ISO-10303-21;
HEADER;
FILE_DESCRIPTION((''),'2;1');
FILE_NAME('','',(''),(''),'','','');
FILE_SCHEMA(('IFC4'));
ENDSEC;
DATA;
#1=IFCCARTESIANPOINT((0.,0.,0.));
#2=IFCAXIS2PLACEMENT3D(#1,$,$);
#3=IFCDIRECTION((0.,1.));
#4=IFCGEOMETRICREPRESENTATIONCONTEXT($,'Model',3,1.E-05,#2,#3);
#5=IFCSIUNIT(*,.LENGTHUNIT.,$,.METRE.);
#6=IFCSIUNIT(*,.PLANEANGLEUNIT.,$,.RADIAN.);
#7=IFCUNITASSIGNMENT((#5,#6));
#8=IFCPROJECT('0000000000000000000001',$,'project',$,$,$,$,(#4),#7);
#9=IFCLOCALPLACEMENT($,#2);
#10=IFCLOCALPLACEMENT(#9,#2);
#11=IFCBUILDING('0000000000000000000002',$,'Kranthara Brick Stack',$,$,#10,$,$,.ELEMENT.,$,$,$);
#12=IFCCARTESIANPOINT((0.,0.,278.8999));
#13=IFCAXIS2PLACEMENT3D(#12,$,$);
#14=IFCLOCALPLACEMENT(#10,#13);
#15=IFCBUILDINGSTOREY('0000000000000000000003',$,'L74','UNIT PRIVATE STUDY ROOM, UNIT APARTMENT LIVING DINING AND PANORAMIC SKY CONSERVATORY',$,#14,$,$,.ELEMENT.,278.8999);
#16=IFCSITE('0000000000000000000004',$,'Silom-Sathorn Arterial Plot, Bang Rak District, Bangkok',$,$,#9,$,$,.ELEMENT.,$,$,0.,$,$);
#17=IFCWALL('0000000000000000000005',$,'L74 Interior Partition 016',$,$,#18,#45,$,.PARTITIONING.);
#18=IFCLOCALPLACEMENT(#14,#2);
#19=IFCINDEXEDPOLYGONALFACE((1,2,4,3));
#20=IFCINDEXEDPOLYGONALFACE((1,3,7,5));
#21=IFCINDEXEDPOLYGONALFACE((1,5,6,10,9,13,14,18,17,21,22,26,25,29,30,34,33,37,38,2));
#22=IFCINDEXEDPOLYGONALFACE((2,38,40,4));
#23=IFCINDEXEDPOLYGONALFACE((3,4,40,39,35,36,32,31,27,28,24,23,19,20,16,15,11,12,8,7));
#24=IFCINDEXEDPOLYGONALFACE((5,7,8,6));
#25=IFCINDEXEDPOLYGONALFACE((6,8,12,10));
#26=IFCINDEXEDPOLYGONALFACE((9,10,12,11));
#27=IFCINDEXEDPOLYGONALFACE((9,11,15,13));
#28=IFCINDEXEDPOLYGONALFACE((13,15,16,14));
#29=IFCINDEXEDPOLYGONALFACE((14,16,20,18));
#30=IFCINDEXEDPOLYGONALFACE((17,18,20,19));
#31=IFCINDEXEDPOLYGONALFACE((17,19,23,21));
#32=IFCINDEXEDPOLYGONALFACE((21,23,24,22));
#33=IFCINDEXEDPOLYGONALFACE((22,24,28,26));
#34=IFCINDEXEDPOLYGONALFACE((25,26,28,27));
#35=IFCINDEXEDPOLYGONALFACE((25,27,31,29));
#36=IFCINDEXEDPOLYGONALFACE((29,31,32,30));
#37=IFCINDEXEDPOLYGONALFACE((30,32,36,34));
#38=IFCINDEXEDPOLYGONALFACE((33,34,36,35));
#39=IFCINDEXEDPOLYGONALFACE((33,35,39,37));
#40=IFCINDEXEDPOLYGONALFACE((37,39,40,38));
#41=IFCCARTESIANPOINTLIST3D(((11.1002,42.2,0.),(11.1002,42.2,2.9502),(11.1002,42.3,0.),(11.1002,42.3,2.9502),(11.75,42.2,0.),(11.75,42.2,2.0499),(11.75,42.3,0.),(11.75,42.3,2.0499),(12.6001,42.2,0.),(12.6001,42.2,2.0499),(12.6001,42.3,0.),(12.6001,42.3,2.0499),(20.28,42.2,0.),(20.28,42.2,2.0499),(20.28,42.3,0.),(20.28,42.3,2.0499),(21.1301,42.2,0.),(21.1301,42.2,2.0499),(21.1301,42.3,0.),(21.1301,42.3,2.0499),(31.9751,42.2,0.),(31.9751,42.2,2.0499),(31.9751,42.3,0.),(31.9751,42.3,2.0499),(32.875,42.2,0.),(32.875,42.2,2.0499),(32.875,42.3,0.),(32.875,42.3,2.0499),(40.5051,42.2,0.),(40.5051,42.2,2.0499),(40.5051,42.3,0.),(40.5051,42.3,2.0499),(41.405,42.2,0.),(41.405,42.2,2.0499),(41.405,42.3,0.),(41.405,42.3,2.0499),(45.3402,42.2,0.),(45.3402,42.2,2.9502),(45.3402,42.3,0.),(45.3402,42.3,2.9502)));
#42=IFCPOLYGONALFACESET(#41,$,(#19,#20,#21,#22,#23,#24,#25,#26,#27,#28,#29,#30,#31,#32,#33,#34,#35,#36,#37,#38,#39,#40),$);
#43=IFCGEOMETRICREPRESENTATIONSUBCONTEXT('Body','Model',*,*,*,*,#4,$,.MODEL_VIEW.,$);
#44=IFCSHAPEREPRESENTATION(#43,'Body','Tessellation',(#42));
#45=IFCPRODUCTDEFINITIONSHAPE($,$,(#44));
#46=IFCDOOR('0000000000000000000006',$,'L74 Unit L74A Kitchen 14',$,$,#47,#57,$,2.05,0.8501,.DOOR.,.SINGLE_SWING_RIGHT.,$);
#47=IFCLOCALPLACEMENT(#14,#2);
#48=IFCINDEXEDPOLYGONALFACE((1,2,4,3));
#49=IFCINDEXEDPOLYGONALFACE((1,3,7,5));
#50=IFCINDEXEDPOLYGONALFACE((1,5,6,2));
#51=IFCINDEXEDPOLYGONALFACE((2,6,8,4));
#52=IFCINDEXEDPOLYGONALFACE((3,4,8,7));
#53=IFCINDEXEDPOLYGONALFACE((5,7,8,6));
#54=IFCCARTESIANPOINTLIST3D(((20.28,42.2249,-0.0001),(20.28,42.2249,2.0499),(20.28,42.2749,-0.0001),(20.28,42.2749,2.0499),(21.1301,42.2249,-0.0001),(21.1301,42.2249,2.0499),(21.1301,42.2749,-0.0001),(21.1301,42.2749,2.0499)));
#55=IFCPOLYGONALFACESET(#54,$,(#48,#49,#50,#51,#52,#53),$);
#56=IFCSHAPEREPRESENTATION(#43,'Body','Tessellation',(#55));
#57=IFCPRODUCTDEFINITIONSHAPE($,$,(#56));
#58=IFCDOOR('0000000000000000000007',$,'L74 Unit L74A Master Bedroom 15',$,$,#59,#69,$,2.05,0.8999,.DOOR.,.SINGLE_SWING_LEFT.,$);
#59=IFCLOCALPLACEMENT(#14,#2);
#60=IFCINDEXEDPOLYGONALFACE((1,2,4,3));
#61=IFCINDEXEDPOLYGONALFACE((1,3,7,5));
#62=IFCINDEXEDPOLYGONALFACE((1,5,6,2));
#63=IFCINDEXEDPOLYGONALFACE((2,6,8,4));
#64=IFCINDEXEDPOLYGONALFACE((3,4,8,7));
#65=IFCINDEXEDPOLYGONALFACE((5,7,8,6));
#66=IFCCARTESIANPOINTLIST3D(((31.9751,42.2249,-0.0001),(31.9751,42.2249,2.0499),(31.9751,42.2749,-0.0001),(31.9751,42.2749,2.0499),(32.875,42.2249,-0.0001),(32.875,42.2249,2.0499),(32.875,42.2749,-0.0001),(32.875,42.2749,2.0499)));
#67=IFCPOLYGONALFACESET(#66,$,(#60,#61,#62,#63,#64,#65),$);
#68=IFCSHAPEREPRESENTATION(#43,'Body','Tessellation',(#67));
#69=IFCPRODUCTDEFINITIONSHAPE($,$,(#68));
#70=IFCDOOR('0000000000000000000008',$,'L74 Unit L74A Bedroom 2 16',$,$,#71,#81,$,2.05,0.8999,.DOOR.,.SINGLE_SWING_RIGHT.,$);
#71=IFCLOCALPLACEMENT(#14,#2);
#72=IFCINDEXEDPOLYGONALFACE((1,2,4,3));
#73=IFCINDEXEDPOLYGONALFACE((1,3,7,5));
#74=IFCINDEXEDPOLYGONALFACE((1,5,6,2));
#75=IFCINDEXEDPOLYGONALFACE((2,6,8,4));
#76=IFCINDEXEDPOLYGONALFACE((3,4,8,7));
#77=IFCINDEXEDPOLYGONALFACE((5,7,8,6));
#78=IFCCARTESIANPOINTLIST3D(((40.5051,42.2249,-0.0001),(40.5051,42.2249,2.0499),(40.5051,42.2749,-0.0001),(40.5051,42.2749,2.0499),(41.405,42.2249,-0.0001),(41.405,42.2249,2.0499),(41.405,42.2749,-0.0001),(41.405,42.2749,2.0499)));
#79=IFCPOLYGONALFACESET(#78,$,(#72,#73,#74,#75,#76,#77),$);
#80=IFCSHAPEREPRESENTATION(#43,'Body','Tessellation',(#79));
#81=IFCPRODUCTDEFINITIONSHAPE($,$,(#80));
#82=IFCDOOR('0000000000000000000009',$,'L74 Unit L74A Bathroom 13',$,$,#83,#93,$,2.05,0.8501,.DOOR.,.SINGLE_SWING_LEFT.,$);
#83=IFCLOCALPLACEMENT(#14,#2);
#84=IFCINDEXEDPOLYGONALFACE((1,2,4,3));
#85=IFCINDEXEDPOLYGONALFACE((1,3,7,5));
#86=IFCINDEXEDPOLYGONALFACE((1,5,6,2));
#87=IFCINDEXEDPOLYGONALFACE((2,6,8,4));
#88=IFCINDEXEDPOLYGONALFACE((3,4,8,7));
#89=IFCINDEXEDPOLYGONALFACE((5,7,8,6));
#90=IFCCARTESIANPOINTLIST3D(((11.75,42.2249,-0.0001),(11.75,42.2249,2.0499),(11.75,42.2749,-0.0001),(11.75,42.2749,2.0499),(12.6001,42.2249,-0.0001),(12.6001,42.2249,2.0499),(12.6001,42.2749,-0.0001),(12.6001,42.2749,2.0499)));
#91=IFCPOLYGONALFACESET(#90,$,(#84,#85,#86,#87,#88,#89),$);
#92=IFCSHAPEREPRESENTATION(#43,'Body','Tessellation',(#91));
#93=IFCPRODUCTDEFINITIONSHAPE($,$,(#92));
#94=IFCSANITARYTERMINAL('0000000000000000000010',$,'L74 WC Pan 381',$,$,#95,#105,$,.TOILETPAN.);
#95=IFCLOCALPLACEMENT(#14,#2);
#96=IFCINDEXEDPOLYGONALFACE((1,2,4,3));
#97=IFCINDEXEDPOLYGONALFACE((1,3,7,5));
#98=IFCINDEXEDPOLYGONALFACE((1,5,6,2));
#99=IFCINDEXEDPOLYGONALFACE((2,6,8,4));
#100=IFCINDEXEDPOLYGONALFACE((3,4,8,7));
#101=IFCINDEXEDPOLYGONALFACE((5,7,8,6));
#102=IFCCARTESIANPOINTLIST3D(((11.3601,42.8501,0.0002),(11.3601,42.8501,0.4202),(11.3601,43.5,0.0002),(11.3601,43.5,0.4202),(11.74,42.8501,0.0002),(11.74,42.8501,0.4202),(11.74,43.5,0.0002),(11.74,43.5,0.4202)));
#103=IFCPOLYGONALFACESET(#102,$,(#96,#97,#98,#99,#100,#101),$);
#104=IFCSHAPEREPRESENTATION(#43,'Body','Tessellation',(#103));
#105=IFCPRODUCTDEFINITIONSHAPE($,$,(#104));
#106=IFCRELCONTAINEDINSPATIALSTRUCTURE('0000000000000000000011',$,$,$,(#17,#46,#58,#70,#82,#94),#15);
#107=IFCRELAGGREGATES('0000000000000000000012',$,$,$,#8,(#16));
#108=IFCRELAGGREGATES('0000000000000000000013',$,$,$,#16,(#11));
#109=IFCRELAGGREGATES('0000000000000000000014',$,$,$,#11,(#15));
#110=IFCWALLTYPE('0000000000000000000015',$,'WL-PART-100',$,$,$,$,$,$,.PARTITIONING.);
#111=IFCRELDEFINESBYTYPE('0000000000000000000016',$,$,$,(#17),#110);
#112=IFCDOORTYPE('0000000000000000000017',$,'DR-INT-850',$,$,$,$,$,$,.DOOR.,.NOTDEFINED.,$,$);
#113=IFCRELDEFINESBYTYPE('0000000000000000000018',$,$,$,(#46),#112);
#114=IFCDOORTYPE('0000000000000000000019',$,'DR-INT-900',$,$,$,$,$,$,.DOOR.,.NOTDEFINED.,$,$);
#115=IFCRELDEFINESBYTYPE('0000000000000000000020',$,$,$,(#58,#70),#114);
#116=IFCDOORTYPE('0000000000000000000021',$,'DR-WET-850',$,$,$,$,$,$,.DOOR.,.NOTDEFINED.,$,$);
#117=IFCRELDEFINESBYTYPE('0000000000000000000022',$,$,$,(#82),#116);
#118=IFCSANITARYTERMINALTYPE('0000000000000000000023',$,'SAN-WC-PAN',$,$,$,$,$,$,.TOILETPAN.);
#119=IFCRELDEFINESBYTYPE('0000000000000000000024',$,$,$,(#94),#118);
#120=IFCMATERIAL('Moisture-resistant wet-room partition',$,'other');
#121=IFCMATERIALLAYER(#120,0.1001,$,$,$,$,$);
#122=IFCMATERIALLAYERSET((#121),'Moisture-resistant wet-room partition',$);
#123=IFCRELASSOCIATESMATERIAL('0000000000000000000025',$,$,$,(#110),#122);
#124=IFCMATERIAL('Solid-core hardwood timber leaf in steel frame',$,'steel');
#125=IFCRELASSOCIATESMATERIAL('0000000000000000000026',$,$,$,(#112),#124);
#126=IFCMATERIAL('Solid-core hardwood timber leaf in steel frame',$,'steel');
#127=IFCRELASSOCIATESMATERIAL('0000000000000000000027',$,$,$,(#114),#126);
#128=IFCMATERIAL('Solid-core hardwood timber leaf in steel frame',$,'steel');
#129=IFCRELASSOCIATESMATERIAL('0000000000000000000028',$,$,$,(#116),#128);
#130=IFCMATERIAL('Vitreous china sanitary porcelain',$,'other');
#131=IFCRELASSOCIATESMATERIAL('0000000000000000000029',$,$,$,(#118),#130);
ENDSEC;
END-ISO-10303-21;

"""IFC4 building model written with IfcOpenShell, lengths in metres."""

from ifc_helpers import new_model, si_unit, direction, frame, frame_2d, origin, origin_2d, place, context, subcontext, project, spatial, rectangle, extrude, material, layer, layer_set, type_object, element, fill, save


model = new_model("IFC4")

# Units and contexts
model_context = context("Model", 3, precision=1e-05, world=origin(), true_north=direction((0.0, 1.0)))
body_context = subcontext(model_context, "Body", "Model", "MODEL_VIEW")
ifc_project = project(units=[si_unit("LENGTHUNIT", "METRE"), si_unit("PLANEANGLEUNIT", "RADIAN")], contexts=[model_context])

# Site, building, storey
site_placement = place(None, origin())
site = spatial("IfcSite", under=ifc_project, at=site_placement, Name="Silom-Sathorn Arterial Plot, Bang Rak District, Bangkok", CompositionType="ELEMENT", RefElevation=0.0)
building_placement = place(site_placement, origin())
building = spatial("IfcBuilding", under=site, at=building_placement, Name="Kranthara Brick Stack", CompositionType="ELEMENT")
storey_placement = place(building_placement, frame((0.0, 0.0, 278.8999)))
storey = spatial("IfcBuildingStorey", under=building, at=storey_placement, Name="L74", Description="UNIT PRIVATE STUDY ROOM, UNIT APARTMENT LIVING DINING AND PANORAMIC SKY CONSERVATORY", CompositionType="ELEMENT", Elevation=278.8999)

# Wall, openings, doors
ifc_material_1 = material(Name="Moisture-resistant wet-room partition", Category="other")
ifc_layer_1 = layer(ifc_material_1, 0.1001)
ifc_layer_set_1 = layer_set([ifc_layer_1], Name="Moisture-resistant wet-room partition")
wall_type_1 = type_object("IfcWallType", Name="WL-PART-100", PredefinedType="PARTITIONING", material=ifc_layer_set_1)
wall_1_placement = place(storey_placement, frame((11.1001, 42.25, 0.0), z_axis=(0.0, 0.0, 1.0), x_axis=(1.0, 0.0, 0.0)))
wall_1 = element("IfcWall", 1, at=wall_1_placement, inside=storey, type_object=wall_type_1, Name="L74 Interior Partition 016", PredefinedType="PARTITIONING", context=body_context, shape_type="SweptSolid", body=[
    extrude(rectangle(XDim=34.24, YDim=0.1001, at=frame_2d((17.1201, 0.0))), origin(), (0.0, 0.0, 1.0), 2.9502),
])
opening_1_placement = place(wall_1_placement, frame((0.6499, 0.0, 0.0)))
opening_1 = element("IfcOpeningElement", 2, at=opening_1_placement, cuts=wall_1, PredefinedType="OPENING", context=body_context, shape_type="SweptSolid", body=[
    extrude(rectangle(XDim=0.8501, YDim=2.05, at=frame_2d((0.425, 1.0249))), frame((0.0, 0.0601, 0.0), z_axis=(0.0, -1.0, 0.0), x_axis=(1.0, 0.0, 0.0)), (0.0, 0.0, 1.0), 0.1201),
])
opening_2_placement = place(wall_1_placement, frame((9.1799, 0.0, 0.0)))
opening_2 = element("IfcOpeningElement", 3, at=opening_2_placement, cuts=wall_1, PredefinedType="OPENING", context=body_context, shape_type="SweptSolid", body=[
    extrude(rectangle(XDim=0.8501, YDim=2.05, at=frame_2d((0.425, 1.0249))), frame((0.0, 0.0601, 0.0), z_axis=(0.0, -1.0, 0.0), x_axis=(1.0, 0.0, 0.0)), (0.0, 0.0, 1.0), 0.1201),
])
opening_3_placement = place(wall_1_placement, frame((20.875, 0.0, 0.0)))
opening_3 = element("IfcOpeningElement", 4, at=opening_3_placement, cuts=wall_1, PredefinedType="OPENING", context=body_context, shape_type="SweptSolid", body=[
    extrude(rectangle(XDim=0.8999, YDim=2.05, at=frame_2d((0.45, 1.0249))), frame((0.0, 0.0601, 0.0), z_axis=(0.0, -1.0, 0.0), x_axis=(1.0, 0.0, 0.0)), (0.0, 0.0, 1.0), 0.1201),
])
opening_4_placement = place(wall_1_placement, frame((29.405, 0.0, 0.0)))
opening_4 = element("IfcOpeningElement", 5, at=opening_4_placement, cuts=wall_1, PredefinedType="OPENING", context=body_context, shape_type="SweptSolid", body=[
    extrude(rectangle(XDim=0.8999, YDim=2.05, at=frame_2d((0.45, 1.0249))), frame((0.0, 0.0601, 0.0), z_axis=(0.0, -1.0, 0.0), x_axis=(1.0, 0.0, 0.0)), (0.0, 0.0, 1.0), 0.1201),
])
ifc_material_2 = material(Name="Solid-core hardwood timber leaf in steel frame", Category="steel")
door_type_1 = type_object("IfcDoorType", Name="DR-INT-850", OperationType="NOTDEFINED", PredefinedType="DOOR", material=ifc_material_2)
door_1_placement = place(opening_2_placement, origin())
door_1 = element("IfcDoor", 6, at=door_1_placement, inside=storey, type_object=door_type_1, Name="L74 Unit L74A Kitchen 14", OperationType="SINGLE_SWING_RIGHT", OverallHeight=2.05, OverallWidth=0.8501, PredefinedType="DOOR", context=body_context, shape_type="SweptSolid", body=[
    extrude(rectangle(XDim=0.8501, YDim=2.05, at=frame_2d((0.425, 1.0249))), frame((0.0, 0.0249, 0.0), z_axis=(0.0, -1.0, 0.0), x_axis=(1.0, 0.0, 0.0)), (0.0, 0.0, 1.0), 0.05),
])
fill(opening_2, door_1)
ifc_material_3 = material(Name="Solid-core hardwood timber leaf in steel frame", Category="steel")
door_type_2 = type_object("IfcDoorType", Name="DR-INT-900", OperationType="NOTDEFINED", PredefinedType="DOOR", material=ifc_material_3)
door_2_placement = place(opening_3_placement, origin())
door_2 = element("IfcDoor", 7, at=door_2_placement, inside=storey, type_object=door_type_2, Name="L74 Unit L74A Master Bedroom 15", OperationType="SINGLE_SWING_LEFT", OverallHeight=2.05, OverallWidth=0.8999, PredefinedType="DOOR", context=body_context, shape_type="SweptSolid", body=[
    extrude(rectangle(XDim=0.8999, YDim=2.05, at=frame_2d((0.45, 1.0249))), frame((0.0, 0.0249, 0.0), z_axis=(0.0, -1.0, 0.0), x_axis=(1.0, 0.0, 0.0)), (0.0, 0.0, 1.0), 0.05),
])
fill(opening_3, door_2)
door_3_placement = place(opening_4_placement, origin())
door_3 = element("IfcDoor", 8, at=door_3_placement, inside=storey, type_object=door_type_2, Name="L74 Unit L74A Bedroom 2 16", OperationType="SINGLE_SWING_RIGHT", OverallHeight=2.05, OverallWidth=0.8999, PredefinedType="DOOR", context=body_context, shape_type="SweptSolid", body=[
    extrude(rectangle(XDim=0.8999, YDim=2.05, at=frame_2d((0.45, 1.0249))), frame((0.0, 0.0249, 0.0), z_axis=(0.0, -1.0, 0.0), x_axis=(1.0, 0.0, 0.0)), (0.0, 0.0, 1.0), 0.05),
])
fill(opening_4, door_3)
ifc_material_4 = material(Name="Solid-core hardwood timber leaf in steel frame", Category="steel")
door_type_3 = type_object("IfcDoorType", Name="DR-WET-850", OperationType="NOTDEFINED", PredefinedType="DOOR", material=ifc_material_4)
door_4_placement = place(opening_1_placement, origin())
door_4 = element("IfcDoor", 9, at=door_4_placement, inside=storey, type_object=door_type_3, Name="L74 Unit L74A Bathroom 13", OperationType="SINGLE_SWING_LEFT", OverallHeight=2.05, OverallWidth=0.8501, PredefinedType="DOOR", context=body_context, shape_type="SweptSolid", body=[
    extrude(rectangle(XDim=0.8501, YDim=2.05, at=frame_2d((0.425, 1.0249))), frame((0.0, 0.0249, 0.0), z_axis=(0.0, -1.0, 0.0), x_axis=(1.0, 0.0, 0.0)), (0.0, 0.0, 1.0), 0.05),
])
fill(opening_1, door_4)

# Sanitary terminal
ifc_material_5 = material(Name="Vitreous china sanitary porcelain", Category="other")
sanitary_terminal_type = type_object("IfcSanitaryTerminalType", Name="SAN-WC-PAN", PredefinedType="TOILETPAN", material=ifc_material_5)
sanitary_terminal_placement = place(storey_placement, frame((11.55, 43.175, 0.0002), z_axis=(0.0, 0.0, 1.0), x_axis=(1.0, 0.0, 0.0)))
element("IfcSanitaryTerminal", 10, at=sanitary_terminal_placement, inside=storey, type_object=sanitary_terminal_type, Name="L74 WC Pan 381", PredefinedType="TOILETPAN", context=body_context, shape_type="SweptSolid", body=[
    extrude(rectangle(XDim=0.3799, YDim=0.6499, at=origin_2d()), origin(), (0.0, 0.0, 1.0), 0.4199),
])

save(model, "model.ifc")
